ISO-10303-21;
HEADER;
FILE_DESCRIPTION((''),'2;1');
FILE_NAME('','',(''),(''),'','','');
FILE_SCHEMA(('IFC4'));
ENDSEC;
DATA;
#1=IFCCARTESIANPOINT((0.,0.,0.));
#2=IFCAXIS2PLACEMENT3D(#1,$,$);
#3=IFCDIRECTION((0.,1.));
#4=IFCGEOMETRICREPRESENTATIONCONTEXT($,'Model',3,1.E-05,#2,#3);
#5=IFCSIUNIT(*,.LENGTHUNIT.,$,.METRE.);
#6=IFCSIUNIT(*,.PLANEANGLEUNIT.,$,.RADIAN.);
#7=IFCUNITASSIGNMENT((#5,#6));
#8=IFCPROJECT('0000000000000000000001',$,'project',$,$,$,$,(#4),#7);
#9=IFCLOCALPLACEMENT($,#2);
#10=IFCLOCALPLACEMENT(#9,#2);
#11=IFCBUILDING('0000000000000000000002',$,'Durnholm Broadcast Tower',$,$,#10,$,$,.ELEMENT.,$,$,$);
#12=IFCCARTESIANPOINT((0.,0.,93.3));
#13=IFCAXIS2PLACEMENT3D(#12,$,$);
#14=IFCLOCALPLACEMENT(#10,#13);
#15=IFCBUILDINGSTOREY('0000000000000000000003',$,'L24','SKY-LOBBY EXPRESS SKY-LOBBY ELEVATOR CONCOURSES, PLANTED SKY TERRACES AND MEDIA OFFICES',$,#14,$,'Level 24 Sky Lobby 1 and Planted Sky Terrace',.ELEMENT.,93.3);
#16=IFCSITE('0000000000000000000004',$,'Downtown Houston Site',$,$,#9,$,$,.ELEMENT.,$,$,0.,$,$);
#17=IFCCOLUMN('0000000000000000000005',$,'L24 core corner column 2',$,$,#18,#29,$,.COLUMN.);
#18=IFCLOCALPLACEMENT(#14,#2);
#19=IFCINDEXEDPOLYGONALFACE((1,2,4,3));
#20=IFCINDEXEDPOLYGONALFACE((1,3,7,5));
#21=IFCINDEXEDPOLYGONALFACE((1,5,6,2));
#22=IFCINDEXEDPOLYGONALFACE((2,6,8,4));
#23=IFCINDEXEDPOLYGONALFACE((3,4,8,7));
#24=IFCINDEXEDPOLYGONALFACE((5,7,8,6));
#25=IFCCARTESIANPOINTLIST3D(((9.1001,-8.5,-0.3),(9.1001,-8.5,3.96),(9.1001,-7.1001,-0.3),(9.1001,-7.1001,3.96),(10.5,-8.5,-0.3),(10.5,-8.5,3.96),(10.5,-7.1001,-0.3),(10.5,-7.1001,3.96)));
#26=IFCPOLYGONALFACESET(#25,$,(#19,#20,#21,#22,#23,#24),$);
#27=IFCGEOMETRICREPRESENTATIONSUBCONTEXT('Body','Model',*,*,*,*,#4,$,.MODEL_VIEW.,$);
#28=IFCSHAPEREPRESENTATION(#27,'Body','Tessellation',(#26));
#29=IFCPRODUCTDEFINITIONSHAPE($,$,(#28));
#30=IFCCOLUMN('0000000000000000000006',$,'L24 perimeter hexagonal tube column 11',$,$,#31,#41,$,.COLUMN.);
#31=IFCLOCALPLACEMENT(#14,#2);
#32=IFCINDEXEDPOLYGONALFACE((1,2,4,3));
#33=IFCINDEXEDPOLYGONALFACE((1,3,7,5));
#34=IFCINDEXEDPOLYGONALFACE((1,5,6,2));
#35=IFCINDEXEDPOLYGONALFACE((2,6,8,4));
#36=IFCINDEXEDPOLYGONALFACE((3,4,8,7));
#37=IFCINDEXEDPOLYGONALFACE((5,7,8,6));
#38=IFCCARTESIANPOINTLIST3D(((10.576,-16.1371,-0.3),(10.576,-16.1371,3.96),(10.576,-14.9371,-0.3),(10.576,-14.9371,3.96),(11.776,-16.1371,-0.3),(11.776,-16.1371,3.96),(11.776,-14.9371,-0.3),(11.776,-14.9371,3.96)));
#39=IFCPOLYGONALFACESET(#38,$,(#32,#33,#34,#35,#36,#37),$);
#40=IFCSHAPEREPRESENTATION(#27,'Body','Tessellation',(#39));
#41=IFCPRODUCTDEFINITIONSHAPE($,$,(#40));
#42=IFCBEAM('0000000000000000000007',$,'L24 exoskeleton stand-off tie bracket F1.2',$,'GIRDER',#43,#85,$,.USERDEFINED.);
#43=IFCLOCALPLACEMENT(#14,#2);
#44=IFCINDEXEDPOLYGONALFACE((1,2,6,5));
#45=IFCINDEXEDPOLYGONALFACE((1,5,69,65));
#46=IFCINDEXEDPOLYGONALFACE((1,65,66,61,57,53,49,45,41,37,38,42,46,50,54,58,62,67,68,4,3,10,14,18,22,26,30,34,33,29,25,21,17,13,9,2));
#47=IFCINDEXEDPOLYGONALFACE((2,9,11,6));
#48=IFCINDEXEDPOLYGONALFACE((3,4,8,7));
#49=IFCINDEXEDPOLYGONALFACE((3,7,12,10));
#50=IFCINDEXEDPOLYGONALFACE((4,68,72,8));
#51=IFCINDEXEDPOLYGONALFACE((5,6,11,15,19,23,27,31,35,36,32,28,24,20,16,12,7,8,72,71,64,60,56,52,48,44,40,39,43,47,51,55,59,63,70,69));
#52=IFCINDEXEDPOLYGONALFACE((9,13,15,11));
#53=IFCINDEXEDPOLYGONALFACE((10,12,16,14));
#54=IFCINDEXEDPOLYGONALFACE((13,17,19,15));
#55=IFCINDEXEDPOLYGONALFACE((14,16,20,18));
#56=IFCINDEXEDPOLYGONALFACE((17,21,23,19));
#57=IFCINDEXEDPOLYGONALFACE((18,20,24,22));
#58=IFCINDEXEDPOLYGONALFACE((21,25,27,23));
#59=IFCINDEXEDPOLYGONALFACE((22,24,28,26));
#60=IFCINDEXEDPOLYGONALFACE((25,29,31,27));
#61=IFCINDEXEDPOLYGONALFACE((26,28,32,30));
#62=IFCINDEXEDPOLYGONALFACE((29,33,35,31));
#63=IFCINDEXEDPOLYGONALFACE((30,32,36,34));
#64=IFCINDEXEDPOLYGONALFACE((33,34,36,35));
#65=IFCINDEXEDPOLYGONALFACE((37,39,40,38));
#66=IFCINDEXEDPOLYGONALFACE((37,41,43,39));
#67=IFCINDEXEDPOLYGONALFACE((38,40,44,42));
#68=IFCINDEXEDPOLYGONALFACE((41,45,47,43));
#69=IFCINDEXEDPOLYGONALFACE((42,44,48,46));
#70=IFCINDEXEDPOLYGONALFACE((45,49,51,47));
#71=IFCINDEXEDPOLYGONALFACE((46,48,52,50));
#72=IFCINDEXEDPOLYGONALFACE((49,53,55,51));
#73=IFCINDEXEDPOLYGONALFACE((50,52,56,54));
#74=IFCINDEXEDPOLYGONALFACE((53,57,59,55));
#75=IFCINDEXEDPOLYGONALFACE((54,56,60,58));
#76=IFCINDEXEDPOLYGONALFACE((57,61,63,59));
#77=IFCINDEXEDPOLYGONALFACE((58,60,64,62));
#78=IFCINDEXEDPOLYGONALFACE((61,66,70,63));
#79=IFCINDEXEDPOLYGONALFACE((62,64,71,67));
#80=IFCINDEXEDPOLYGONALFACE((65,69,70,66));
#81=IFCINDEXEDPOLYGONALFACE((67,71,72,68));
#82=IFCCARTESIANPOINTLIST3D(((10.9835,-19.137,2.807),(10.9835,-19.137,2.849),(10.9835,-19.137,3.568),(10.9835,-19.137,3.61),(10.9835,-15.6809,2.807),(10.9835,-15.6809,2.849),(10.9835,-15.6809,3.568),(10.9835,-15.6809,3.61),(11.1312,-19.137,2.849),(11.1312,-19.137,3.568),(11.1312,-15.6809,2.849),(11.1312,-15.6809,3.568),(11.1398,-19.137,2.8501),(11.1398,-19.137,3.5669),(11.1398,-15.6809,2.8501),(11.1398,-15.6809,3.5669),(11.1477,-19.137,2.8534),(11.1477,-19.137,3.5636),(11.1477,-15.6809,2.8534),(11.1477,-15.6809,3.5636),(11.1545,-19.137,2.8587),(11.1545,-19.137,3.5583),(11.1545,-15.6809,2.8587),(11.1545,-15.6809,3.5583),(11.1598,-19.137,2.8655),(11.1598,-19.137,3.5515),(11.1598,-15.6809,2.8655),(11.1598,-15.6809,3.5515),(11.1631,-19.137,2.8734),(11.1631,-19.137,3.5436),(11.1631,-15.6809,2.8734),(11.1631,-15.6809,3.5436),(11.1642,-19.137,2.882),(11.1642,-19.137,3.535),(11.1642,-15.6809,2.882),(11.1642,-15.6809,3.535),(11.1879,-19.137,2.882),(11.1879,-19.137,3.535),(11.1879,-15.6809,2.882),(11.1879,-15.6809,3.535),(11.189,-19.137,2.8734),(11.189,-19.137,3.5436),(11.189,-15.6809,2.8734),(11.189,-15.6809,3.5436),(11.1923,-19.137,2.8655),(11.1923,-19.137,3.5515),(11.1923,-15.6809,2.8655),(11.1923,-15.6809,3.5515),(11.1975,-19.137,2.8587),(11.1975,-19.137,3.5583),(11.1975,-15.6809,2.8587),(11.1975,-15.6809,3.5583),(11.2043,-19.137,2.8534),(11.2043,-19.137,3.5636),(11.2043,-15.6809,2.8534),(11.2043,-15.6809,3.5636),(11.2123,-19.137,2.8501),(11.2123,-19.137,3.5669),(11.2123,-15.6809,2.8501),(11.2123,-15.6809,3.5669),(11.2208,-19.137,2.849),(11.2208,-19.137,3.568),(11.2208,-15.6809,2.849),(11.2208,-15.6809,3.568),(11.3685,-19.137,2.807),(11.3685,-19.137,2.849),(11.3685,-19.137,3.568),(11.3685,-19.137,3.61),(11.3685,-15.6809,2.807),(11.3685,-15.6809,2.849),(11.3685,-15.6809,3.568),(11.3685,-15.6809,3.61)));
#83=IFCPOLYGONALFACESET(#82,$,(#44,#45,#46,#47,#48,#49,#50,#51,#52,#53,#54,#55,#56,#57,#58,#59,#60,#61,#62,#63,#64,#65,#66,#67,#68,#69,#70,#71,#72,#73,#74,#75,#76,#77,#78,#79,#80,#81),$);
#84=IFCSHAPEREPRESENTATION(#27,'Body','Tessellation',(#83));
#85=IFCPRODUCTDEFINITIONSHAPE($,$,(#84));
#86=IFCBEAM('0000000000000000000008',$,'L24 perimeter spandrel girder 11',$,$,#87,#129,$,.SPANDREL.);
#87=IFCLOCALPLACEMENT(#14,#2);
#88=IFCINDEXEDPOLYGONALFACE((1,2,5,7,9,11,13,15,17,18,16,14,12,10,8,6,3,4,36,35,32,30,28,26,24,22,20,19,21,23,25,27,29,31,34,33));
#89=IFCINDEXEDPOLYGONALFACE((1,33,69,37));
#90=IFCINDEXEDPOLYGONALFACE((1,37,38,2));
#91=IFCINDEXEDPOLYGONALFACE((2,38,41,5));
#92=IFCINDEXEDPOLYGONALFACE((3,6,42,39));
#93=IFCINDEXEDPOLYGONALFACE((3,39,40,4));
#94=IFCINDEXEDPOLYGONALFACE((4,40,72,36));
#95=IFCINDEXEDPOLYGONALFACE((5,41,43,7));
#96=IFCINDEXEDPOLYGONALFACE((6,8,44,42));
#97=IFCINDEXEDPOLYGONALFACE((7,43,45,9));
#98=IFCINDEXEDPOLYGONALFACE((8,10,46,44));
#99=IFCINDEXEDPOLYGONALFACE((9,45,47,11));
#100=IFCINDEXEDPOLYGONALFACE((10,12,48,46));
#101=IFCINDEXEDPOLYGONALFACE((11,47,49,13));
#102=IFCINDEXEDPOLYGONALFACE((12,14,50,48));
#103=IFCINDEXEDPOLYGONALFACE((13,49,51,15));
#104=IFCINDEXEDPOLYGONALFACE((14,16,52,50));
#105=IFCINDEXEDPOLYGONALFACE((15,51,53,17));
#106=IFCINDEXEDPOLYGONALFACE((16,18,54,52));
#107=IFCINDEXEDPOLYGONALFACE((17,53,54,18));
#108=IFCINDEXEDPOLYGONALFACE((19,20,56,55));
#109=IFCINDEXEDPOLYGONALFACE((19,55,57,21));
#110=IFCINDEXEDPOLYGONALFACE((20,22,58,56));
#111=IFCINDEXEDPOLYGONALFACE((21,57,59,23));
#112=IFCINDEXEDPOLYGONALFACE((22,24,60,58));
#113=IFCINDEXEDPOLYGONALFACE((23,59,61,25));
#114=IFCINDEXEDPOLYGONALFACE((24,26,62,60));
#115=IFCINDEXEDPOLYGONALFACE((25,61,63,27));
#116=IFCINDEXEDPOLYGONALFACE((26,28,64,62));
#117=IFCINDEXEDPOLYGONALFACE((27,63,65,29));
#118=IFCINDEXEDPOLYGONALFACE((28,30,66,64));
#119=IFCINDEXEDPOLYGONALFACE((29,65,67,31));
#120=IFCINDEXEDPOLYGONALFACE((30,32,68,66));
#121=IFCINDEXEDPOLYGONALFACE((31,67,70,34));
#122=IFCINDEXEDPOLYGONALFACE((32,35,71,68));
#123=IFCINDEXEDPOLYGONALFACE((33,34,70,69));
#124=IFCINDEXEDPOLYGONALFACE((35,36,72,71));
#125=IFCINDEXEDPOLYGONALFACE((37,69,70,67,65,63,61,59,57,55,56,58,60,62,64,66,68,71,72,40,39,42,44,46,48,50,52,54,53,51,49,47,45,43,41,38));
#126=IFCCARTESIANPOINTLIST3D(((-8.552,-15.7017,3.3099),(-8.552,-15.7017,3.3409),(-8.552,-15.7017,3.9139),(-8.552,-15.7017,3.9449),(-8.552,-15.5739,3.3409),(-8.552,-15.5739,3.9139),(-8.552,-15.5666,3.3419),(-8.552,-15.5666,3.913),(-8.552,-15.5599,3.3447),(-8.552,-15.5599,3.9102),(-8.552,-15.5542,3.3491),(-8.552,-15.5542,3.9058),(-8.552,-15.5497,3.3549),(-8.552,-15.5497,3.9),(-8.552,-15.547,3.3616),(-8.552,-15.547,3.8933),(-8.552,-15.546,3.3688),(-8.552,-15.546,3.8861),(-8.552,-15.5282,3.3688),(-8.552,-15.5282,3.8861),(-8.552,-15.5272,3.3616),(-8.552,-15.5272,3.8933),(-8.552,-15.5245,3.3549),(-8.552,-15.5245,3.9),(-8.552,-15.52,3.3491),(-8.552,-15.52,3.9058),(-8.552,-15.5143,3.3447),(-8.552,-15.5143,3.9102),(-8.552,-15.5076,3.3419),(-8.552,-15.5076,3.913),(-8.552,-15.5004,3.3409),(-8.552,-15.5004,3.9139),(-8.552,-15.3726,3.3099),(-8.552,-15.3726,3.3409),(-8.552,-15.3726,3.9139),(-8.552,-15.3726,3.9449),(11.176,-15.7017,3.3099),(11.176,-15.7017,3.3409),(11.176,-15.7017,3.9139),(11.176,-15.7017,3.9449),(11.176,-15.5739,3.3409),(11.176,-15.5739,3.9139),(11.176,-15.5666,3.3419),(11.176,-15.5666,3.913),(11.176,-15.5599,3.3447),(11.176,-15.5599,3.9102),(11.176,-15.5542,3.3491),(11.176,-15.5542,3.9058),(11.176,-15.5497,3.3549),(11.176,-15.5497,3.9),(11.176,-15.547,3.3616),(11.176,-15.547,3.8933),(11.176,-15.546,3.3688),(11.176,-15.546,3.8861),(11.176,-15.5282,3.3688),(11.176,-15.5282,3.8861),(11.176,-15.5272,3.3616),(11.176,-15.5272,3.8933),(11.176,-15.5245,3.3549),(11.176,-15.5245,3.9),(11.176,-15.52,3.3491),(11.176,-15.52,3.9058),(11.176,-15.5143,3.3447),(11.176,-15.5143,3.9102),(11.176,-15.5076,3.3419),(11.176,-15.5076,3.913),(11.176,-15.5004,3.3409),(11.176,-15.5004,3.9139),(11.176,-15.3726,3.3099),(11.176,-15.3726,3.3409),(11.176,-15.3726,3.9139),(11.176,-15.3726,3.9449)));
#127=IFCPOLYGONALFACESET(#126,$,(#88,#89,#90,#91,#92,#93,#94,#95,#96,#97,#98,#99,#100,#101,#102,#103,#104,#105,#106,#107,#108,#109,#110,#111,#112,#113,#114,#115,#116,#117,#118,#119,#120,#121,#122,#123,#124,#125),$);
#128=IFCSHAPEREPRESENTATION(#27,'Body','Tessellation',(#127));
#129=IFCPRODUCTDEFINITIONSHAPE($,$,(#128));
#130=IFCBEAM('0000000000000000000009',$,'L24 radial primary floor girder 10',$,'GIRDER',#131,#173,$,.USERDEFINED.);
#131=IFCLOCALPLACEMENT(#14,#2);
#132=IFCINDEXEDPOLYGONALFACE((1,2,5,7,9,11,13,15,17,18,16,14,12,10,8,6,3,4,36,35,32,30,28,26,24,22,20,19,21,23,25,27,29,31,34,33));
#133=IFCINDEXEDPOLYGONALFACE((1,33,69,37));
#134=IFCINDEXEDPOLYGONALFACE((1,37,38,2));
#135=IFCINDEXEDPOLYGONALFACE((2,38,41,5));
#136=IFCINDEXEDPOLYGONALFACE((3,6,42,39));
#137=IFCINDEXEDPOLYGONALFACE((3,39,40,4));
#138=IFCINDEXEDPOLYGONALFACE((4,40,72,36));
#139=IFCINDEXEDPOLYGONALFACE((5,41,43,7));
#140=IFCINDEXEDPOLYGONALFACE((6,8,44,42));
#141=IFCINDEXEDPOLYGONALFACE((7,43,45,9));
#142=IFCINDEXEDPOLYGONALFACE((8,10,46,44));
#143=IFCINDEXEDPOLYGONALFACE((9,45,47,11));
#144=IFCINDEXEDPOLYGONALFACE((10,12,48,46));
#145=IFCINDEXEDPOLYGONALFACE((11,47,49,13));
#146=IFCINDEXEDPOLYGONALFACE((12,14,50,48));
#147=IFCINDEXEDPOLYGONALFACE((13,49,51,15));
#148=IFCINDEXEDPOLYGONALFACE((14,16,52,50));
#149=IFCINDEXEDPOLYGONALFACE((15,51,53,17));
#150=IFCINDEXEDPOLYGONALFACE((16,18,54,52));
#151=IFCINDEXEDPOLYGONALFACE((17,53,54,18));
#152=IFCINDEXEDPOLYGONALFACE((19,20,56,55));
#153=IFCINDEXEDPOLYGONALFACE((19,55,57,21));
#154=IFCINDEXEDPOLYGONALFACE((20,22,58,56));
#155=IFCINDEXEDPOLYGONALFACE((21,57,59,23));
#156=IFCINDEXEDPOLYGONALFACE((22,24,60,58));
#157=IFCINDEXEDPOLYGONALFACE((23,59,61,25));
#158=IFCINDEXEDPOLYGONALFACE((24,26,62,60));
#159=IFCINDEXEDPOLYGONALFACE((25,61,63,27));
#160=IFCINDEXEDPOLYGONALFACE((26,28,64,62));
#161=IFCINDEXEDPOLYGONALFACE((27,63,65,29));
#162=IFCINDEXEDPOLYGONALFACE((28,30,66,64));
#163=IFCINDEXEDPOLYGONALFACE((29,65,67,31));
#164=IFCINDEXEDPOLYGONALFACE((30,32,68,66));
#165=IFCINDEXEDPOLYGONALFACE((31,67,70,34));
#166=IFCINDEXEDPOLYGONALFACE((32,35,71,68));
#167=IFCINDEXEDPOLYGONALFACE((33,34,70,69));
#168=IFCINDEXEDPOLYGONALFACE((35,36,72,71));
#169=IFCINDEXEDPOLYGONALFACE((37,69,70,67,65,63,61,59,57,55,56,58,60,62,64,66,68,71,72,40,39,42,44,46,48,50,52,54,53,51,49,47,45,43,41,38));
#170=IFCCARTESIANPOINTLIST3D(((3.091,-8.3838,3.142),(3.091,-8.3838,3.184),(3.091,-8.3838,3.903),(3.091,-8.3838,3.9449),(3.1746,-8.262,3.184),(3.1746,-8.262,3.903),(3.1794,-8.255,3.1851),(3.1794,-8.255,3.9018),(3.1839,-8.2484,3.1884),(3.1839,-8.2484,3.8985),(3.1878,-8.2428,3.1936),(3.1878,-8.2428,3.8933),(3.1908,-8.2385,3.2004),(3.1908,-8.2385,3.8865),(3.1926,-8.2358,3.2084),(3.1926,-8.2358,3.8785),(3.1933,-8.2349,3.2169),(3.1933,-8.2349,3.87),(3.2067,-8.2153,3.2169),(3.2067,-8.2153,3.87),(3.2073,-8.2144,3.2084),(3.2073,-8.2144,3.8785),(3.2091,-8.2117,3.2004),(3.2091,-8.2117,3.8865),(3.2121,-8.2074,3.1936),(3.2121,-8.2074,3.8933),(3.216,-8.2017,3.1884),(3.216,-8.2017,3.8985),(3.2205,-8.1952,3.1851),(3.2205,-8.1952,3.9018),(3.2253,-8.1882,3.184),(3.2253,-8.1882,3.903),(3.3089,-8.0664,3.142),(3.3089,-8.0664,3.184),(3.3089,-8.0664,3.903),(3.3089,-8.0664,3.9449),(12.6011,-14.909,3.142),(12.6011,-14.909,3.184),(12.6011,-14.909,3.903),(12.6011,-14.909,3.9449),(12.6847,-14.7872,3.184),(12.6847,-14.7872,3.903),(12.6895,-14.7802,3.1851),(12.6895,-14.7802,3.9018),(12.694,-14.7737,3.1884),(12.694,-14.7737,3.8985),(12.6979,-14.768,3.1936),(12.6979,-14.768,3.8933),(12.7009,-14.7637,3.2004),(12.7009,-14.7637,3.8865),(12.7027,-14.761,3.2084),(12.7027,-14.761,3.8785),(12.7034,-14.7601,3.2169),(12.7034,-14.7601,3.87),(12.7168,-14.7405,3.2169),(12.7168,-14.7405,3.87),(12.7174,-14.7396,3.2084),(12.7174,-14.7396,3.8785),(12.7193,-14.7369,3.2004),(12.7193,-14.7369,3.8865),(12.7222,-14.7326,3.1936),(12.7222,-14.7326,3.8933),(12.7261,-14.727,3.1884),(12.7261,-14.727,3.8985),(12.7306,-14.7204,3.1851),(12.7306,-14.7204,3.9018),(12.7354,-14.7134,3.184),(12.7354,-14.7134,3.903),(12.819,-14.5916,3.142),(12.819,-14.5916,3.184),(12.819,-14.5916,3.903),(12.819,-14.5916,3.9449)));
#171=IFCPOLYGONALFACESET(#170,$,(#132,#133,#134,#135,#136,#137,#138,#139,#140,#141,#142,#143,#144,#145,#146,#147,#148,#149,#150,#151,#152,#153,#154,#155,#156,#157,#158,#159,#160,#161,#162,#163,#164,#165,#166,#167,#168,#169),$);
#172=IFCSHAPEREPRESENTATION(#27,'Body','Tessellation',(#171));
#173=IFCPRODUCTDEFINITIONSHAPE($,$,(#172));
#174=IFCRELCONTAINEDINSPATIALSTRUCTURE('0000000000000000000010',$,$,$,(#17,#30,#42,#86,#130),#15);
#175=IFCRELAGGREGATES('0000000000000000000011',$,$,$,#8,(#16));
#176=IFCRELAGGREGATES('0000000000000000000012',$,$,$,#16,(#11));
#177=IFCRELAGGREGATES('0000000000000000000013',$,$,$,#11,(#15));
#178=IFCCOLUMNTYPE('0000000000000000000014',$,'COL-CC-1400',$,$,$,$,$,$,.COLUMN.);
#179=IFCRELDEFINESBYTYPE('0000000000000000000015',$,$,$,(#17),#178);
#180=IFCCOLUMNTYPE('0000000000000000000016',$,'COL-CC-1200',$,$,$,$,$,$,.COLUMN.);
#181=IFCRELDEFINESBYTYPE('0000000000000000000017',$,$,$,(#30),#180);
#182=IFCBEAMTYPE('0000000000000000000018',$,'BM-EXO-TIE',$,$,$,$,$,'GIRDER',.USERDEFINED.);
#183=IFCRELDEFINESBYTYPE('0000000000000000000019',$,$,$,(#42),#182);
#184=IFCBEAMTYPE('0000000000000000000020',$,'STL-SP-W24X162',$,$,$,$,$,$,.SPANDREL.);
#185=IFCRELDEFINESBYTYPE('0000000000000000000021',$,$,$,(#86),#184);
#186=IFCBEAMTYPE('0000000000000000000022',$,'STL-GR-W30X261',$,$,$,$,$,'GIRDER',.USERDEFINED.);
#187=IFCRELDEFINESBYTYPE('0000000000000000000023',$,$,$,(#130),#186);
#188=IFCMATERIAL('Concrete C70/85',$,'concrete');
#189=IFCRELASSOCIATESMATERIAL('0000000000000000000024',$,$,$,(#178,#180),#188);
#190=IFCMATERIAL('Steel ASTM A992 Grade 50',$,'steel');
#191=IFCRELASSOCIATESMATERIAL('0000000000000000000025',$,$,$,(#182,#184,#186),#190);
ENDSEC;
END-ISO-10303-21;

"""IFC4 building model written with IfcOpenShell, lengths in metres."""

from ifc_helpers import new_model, si_unit, direction, frame, origin, origin_2d, place, context, subcontext, project, spatial, rectangle, i_section, extrude, source, transform, mapped, material, material_profile, profile_set, type_object, type_shapes, element, save


model = new_model("IFC4")

# Units and contexts
model_context = context("Model", 3, precision=1e-05, world=origin(), true_north=direction((0.0, 1.0)))
body_context = subcontext(model_context, "Body", "Model", "MODEL_VIEW")
ifc_project = project(units=[si_unit("LENGTHUNIT", "METRE"), si_unit("PLANEANGLEUNIT", "RADIAN")], contexts=[model_context])

# Site, building, storey
site_placement = place(None, origin())
site = spatial("IfcSite", under=ifc_project, at=site_placement, Name="Downtown Houston Site", CompositionType="ELEMENT", RefElevation=0.0)
building_placement = place(site_placement, origin())
building = spatial("IfcBuilding", under=site, at=building_placement, Name="Durnholm Broadcast Tower", CompositionType="ELEMENT")
storey_placement = place(building_placement, frame((0.0, 0.0, 93.3)))
storey = spatial("IfcBuildingStorey", under=building, at=storey_placement, Name="L24", Description="SKY-LOBBY EXPRESS SKY-LOBBY ELEVATOR CONCOURSES, PLANTED SKY TERRACES AND MEDIA OFFICES", LongName="Level 24 Sky Lobby 1 and Planted Sky Terrace", CompositionType="ELEMENT", Elevation=93.3)

# Columns
ifc_material_1 = material(Name="Concrete C70/85", Category="concrete")
ifc_material_profile_1 = material_profile(ifc_material_1, rectangle(XDim=1.3999, YDim=1.3999, at=origin_2d()), Name="RC1400X1400")
ifc_profile_set_1 = profile_set([ifc_material_profile_1], Name="Concrete C70/85")
column_type_1 = type_object("IfcColumnType", Name="COL-CC-1400", PredefinedType="COLUMN", material=ifc_profile_set_1)
shared_shape_1 = source(origin(), body_context, "Body", "SweptSolid", [
    extrude(rectangle(XDim=1.3999, YDim=1.3999, at=origin_2d()), origin(), (0.0, 0.0, 1.0), 4.26),
])
type_shapes(column_type_1, [shared_shape_1])
column_1_placement = place(storey_placement, frame((9.8, -7.8, -0.3), z_axis=(0.0, 0.0, 1.0), x_axis=(1.0, 0.0, 0.0)))
element("IfcColumn", 1, at=column_1_placement, inside=storey, type_object=column_type_1, Name="L24 core corner column 2", PredefinedType="COLUMN", context=body_context, shape_type="MappedRepresentation", body=[
    mapped(shared_shape_1, transform((0.0, 0.0, 0.0), x_axis=(1.0, 0.0, 0.0), y_axis=(0.0, 1.0, 0.0), z_axis=(0.0, 0.0, 1.0), scale=1.0)),
])
ifc_material_profile_2 = material_profile(ifc_material_1, rectangle(XDim=1.2, YDim=1.2, at=origin_2d()), Name="RC1200X1200")
ifc_profile_set_2 = profile_set([ifc_material_profile_2], Name="Concrete C70/85")
column_type_2 = type_object("IfcColumnType", Name="COL-CC-1200", PredefinedType="COLUMN", material=ifc_profile_set_2)
shared_shape_2 = source(origin(), body_context, "Body", "SweptSolid", [
    extrude(rectangle(XDim=1.2, YDim=1.2, at=origin_2d()), origin(), (0.0, 0.0, 1.0), 4.26),
])
type_shapes(column_type_2, [shared_shape_2])
column_2_placement = place(storey_placement, frame((11.176, -15.5371, -0.3), z_axis=(0.0, 0.0, 1.0), x_axis=(1.0, 0.0, 0.0)))
element("IfcColumn", 2, at=column_2_placement, inside=storey, type_object=column_type_2, Name="L24 perimeter hexagonal tube column 11", PredefinedType="COLUMN", context=body_context, shape_type="MappedRepresentation", body=[
    mapped(shared_shape_2, transform((0.0, 0.0, 0.0), x_axis=(1.0, 0.0, 0.0), y_axis=(0.0, 1.0, 0.0), z_axis=(0.0, 0.0, 1.0), scale=1.0)),
])

# Beams
ifc_material_2 = material(Name="Steel ASTM A992 Grade 50", Category="steel")
ifc_material_profile_3 = material_profile(ifc_material_2, i_section(OverallWidth=0.385, OverallDepth=0.803, WebThickness=0.0237, FlangeThickness=0.042, FilletRadius=0.033, at=origin_2d()), Name="W30X261")
ifc_profile_set_3 = profile_set([ifc_material_profile_3], Name="Steel ASTM A992 Grade 50")
beam_type_1 = type_object("IfcBeamType", Name="BM-EXO-TIE", ElementType="GIRDER", PredefinedType="USERDEFINED", material=ifc_profile_set_3)
shared_shape_3 = source(origin(), body_context, "Body", "SweptSolid", [
    extrude(i_section(OverallWidth=0.385, OverallDepth=0.803, WebThickness=0.0237, FlangeThickness=0.042, FilletRadius=0.033, at=origin_2d()), origin(), (0.0, 0.0, 1.0), 3.4561),
])
type_shapes(beam_type_1, [shared_shape_3])
beam_1_placement = place(storey_placement, frame((11.176, -15.6809, 3.2085), z_axis=(0.0, -1.0, 0.0), x_axis=(1.0, 0.0, 0.0)))
element("IfcBeam", 3, at=beam_1_placement, inside=storey, type_object=beam_type_1, Name="L24 exoskeleton stand-off tie bracket F1.2", ObjectType="GIRDER", PredefinedType="USERDEFINED", context=body_context, shape_type="MappedRepresentation", body=[
    mapped(shared_shape_3, transform((0.0, 0.0, 0.0), x_axis=(1.0, 0.0, 0.0), y_axis=(0.0, 1.0, 0.0), z_axis=(0.0, 0.0, 1.0), scale=1.0)),
])
ifc_material_profile_4 = material_profile(ifc_material_2, i_section(OverallWidth=0.3291, OverallDepth=0.635, WebThickness=0.0178, FlangeThickness=0.031, FilletRadius=0.0278, at=origin_2d()), Name="W24X162")
ifc_profile_set_4 = profile_set([ifc_material_profile_4], Name="Steel ASTM A992 Grade 50")
beam_type_2 = type_object("IfcBeamType", Name="STL-SP-W24X162", PredefinedType="SPANDREL", material=ifc_profile_set_4)
shared_shape_4 = source(origin(), body_context, "Body", "SweptSolid", [
    extrude(i_section(OverallWidth=0.3291, OverallDepth=0.635, WebThickness=0.0178, FlangeThickness=0.031, FilletRadius=0.0278, at=origin_2d()), origin(), (0.0, 0.0, 1.0), 19.728),
])
type_shapes(beam_type_2, [shared_shape_4])
beam_2_placement = place(storey_placement, frame((11.176, -15.5371, 3.6274), z_axis=(-1.0, 0.0, 0.0), x_axis=(0.0, -1.0, 0.0)))
element("IfcBeam", 4, at=beam_2_placement, inside=storey, type_object=beam_type_2, Name="L24 perimeter spandrel girder 11", PredefinedType="SPANDREL", context=body_context, shape_type="MappedRepresentation", body=[
    mapped(shared_shape_4, transform((0.0, 0.0, 0.0), x_axis=(1.0, 0.0, 0.0), y_axis=(0.0, 1.0, 0.0), z_axis=(0.0, 0.0, 1.0), scale=1.0)),
])
ifc_material_profile_5 = material_profile(ifc_material_2, i_section(OverallWidth=0.385, OverallDepth=0.803, WebThickness=0.0237, FlangeThickness=0.042, FilletRadius=0.033, at=origin_2d()), Name="W30X261")
ifc_profile_set_5 = profile_set([ifc_material_profile_5], Name="Steel ASTM A992 Grade 50")
beam_type_3 = type_object("IfcBeamType", Name="STL-GR-W30X261", ElementType="GIRDER", PredefinedType="USERDEFINED", material=ifc_profile_set_5)
shared_shape_5 = source(origin(), body_context, "Body", "SweptSolid", [
    extrude(i_section(OverallWidth=0.385, OverallDepth=0.803, WebThickness=0.0237, FlangeThickness=0.042, FilletRadius=0.033, at=origin_2d()), origin(), (0.0, 0.0, 1.0), 11.5334),
])
beam_3_placement = place(storey_placement, frame((3.2, -8.2251, 3.5435), z_axis=(0.824567, -0.565764, 0.0), x_axis=(0.565764, 0.824567, 0.0)))
element("IfcBeam", 5, at=beam_3_placement, inside=storey, type_object=beam_type_3, Name="L24 radial primary floor girder 10", ObjectType="GIRDER", PredefinedType="USERDEFINED", context=body_context, shape_type="MappedRepresentation", body=[
    mapped(shared_shape_5, transform((0.0, 0.0, 0.0), x_axis=(1.0, 0.0, 0.0), y_axis=(0.0, 1.0, 0.0), z_axis=(0.0, 0.0, 1.0), scale=1.0)),
])

save(model, "model.ifc")
